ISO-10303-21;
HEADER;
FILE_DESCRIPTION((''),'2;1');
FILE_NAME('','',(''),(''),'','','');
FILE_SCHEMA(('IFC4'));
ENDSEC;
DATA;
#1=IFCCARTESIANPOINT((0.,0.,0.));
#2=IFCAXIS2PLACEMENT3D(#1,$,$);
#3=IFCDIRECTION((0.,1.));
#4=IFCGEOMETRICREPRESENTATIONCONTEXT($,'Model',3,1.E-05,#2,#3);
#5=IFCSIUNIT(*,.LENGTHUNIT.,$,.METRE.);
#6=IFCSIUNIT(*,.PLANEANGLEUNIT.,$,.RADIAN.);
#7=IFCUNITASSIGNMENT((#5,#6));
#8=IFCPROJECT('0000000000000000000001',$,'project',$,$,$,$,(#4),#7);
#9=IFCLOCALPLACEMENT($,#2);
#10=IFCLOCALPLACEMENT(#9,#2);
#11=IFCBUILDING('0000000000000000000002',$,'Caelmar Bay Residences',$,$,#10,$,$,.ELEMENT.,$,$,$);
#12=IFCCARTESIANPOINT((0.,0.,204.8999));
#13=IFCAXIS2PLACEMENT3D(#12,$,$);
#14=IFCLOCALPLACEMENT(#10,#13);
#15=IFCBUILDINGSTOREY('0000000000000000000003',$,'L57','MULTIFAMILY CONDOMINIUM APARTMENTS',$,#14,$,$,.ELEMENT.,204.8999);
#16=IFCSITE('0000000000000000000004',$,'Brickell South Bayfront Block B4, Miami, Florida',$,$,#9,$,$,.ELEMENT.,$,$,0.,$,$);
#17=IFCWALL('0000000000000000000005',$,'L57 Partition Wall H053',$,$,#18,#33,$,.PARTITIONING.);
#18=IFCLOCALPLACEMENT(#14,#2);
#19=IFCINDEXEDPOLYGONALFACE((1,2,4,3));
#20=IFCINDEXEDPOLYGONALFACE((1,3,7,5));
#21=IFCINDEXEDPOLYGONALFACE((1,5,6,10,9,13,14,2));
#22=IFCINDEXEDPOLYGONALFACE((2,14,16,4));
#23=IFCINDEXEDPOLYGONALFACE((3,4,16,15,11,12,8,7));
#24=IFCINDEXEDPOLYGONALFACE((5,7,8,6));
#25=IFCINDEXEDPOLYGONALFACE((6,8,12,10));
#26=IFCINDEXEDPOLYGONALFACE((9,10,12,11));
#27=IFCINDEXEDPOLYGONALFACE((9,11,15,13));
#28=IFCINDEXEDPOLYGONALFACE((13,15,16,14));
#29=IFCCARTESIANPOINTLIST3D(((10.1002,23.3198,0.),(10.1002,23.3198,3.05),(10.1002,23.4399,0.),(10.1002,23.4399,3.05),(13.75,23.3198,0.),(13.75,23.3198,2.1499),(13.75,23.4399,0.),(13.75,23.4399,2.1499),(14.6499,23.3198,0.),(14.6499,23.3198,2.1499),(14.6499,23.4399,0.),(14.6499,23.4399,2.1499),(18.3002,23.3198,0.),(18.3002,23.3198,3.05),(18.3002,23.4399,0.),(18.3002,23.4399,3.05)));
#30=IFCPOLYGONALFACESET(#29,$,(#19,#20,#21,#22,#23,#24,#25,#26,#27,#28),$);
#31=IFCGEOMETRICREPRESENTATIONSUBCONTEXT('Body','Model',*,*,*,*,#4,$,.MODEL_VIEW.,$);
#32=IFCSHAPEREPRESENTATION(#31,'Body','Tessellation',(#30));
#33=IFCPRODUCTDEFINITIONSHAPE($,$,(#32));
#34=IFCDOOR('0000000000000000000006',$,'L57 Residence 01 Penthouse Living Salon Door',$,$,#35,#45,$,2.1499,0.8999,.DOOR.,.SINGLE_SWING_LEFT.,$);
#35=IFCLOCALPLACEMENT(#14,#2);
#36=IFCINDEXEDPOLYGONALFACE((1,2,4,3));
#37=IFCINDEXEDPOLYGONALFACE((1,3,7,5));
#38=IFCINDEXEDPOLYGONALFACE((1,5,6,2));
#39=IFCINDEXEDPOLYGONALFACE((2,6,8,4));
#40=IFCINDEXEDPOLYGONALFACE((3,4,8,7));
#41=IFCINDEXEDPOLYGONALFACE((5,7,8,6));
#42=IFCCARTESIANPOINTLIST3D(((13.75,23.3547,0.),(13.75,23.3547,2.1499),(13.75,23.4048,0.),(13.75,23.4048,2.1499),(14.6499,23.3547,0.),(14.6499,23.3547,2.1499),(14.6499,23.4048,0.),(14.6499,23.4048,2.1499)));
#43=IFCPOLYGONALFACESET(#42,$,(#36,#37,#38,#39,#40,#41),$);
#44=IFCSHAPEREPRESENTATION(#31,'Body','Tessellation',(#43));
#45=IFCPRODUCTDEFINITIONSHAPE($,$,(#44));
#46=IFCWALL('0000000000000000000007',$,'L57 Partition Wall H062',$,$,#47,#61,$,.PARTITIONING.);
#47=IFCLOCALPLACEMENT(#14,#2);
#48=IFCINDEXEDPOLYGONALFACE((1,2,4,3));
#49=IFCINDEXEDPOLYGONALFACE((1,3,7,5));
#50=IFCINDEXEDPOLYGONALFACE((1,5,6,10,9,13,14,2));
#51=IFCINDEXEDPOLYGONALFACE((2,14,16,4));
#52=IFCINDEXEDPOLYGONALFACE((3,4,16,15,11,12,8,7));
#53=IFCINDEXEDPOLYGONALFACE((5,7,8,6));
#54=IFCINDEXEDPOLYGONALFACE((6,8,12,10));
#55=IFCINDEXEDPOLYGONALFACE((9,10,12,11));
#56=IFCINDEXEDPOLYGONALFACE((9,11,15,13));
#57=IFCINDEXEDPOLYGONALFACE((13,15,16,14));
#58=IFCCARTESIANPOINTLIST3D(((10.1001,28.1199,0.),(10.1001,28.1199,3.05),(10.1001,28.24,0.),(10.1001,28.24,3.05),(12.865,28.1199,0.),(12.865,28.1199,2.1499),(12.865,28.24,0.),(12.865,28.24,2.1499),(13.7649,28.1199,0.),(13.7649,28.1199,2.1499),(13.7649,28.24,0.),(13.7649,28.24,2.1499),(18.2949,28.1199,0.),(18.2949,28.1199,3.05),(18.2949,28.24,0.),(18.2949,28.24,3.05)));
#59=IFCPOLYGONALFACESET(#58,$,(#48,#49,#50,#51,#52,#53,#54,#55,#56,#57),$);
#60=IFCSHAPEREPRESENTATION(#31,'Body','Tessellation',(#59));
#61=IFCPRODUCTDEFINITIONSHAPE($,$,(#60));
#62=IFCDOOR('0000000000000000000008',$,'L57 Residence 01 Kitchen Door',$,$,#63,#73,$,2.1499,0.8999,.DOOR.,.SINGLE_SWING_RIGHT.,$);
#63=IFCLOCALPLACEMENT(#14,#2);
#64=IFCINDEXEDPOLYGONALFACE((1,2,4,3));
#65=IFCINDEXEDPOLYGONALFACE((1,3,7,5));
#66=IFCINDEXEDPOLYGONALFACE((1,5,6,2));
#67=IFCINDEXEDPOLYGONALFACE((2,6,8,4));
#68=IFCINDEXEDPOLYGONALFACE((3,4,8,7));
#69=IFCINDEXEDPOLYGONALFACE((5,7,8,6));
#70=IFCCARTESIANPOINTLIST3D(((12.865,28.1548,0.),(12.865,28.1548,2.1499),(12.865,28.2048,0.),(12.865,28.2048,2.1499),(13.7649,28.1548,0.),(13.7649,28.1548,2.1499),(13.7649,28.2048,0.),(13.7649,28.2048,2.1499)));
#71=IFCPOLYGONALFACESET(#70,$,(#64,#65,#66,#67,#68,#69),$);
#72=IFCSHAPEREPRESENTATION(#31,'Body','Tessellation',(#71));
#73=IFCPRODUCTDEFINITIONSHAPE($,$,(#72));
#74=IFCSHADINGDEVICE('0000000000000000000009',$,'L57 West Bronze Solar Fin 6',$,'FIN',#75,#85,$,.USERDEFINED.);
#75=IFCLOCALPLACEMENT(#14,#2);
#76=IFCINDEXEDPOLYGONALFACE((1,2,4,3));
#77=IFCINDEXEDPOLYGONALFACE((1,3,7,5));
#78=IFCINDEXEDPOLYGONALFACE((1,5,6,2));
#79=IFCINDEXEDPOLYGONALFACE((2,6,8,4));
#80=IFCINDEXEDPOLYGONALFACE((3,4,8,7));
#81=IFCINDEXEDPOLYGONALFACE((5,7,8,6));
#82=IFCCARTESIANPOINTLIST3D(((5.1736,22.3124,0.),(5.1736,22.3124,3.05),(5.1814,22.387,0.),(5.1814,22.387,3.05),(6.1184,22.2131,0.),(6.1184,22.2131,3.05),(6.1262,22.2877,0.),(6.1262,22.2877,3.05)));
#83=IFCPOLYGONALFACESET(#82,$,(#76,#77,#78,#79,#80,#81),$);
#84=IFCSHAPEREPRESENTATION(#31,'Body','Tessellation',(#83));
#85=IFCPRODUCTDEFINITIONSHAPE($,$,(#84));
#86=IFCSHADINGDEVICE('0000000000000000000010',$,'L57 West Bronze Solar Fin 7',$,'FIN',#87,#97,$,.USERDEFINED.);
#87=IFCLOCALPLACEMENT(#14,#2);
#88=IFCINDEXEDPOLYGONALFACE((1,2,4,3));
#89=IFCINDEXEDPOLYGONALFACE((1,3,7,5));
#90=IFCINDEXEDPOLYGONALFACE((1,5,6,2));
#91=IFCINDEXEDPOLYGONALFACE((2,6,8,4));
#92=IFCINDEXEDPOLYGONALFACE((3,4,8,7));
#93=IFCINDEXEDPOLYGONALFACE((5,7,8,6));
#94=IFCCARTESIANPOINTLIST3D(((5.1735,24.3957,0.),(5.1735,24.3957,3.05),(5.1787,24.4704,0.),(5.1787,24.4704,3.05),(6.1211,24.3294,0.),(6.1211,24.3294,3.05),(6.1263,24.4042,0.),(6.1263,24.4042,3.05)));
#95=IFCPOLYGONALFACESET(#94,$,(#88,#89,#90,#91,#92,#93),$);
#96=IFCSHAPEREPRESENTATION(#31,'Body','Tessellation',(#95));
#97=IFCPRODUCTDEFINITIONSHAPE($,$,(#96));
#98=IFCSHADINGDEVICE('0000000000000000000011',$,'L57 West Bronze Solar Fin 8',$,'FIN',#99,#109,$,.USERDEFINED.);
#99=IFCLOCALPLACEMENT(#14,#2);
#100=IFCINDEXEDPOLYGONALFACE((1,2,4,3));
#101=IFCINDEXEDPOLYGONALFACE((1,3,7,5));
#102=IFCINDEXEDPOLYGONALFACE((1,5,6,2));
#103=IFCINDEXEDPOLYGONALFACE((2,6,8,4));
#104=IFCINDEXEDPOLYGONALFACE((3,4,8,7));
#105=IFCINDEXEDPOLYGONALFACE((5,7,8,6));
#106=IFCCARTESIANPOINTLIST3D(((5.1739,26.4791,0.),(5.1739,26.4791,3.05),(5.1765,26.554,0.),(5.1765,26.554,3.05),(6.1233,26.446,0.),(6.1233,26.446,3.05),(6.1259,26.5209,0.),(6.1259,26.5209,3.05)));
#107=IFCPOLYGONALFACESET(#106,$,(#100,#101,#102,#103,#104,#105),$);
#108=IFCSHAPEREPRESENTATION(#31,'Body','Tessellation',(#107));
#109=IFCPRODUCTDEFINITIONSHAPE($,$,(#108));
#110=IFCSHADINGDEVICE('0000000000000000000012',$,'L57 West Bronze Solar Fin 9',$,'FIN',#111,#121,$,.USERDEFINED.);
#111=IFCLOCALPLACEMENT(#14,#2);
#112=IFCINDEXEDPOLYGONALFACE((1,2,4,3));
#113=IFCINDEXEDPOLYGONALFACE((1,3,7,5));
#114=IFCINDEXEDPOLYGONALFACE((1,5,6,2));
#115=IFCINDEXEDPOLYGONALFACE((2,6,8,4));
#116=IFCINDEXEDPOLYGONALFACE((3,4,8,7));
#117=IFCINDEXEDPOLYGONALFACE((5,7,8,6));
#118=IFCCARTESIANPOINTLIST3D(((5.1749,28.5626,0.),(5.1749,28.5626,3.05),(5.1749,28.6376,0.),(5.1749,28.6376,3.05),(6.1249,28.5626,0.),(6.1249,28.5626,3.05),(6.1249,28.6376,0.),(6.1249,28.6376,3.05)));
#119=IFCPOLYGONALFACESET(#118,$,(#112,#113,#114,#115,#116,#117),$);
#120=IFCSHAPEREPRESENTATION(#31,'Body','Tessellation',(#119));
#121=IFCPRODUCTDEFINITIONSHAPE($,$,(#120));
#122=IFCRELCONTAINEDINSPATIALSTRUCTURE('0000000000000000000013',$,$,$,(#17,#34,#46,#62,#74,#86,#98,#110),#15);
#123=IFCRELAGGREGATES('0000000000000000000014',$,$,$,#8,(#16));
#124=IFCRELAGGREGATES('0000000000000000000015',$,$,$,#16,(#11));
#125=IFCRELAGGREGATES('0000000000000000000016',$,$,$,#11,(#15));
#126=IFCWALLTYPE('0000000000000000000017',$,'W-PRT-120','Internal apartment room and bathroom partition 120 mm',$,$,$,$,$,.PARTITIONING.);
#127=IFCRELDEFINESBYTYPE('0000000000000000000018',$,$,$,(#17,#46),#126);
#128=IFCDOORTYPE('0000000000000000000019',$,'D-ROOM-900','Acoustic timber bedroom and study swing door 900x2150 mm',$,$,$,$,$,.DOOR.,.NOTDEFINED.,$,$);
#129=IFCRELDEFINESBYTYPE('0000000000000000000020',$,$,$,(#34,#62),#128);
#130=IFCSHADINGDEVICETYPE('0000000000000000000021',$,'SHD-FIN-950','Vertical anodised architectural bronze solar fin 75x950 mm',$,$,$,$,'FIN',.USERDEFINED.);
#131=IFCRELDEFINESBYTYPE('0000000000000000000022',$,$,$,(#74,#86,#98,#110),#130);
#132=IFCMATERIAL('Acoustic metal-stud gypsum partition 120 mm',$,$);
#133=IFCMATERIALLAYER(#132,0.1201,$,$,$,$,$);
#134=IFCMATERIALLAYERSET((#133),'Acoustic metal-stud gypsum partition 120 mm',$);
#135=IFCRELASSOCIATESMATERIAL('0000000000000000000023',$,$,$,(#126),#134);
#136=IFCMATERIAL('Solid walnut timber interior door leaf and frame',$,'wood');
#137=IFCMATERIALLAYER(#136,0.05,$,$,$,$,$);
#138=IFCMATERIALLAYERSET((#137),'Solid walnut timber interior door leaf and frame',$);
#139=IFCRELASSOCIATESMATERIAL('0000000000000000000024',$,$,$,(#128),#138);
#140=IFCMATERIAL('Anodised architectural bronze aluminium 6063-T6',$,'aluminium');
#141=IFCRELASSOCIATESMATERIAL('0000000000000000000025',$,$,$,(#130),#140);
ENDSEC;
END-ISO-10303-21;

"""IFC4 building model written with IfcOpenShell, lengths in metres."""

from ifc_helpers import new_model, si_unit, direction, frame, frame_2d, origin, origin_2d, place, context, subcontext, project, spatial, rectangle, extrude, material, layer, layer_set, material_profile, profile_set, type_object, element, fill, save


model = new_model("IFC4")

# Units and contexts
model_context = context("Model", 3, precision=1e-05, world=origin(), true_north=direction((0.0, 1.0)))
body_context = subcontext(model_context, "Body", "Model", "MODEL_VIEW")
ifc_project = project(units=[si_unit("LENGTHUNIT", "METRE"), si_unit("PLANEANGLEUNIT", "RADIAN")], contexts=[model_context])

# Site, building, storey
site_placement = place(None, origin())
site = spatial("IfcSite", under=ifc_project, at=site_placement, Name="Brickell South Bayfront Block B4, Miami, Florida", CompositionType="ELEMENT", RefElevation=0.0)
building_placement = place(site_placement, origin())
building = spatial("IfcBuilding", under=site, at=building_placement, Name="Caelmar Bay Residences", CompositionType="ELEMENT")
storey_placement = place(building_placement, frame((0.0, 0.0, 204.8999)))
storey = spatial("IfcBuildingStorey", under=building, at=storey_placement, Name="L57", Description="MULTIFAMILY CONDOMINIUM APARTMENTS", CompositionType="ELEMENT", Elevation=204.8999)

# Walls, openings, doors
ifc_material_1 = material(Name="Acoustic metal-stud gypsum partition 120 mm")
ifc_layer_1 = layer(ifc_material_1, 0.1201)
ifc_layer_set_1 = layer_set([ifc_layer_1], Name="Acoustic metal-stud gypsum partition 120 mm")
wall_type_1 = type_object("IfcWallType", Name="W-PRT-120", Description="Internal apartment room and bathroom partition 120 mm", PredefinedType="PARTITIONING", material=ifc_layer_set_1)
ifc_material_2 = material(Name="Solid walnut timber interior door leaf and frame", Category="wood")
wall_1_placement = place(storey_placement, frame((10.1001, 23.3799, 0.0), z_axis=(0.0, 0.0, 1.0), x_axis=(1.0, 0.0, 0.0)))
wall_1 = element("IfcWall", 1, at=wall_1_placement, inside=storey, type_object=wall_type_1, Name="L57 Partition Wall H053", PredefinedType="PARTITIONING", context=body_context, shape_type="SweptSolid", body=[
    extrude(rectangle(XDim=8.2, YDim=0.1201, at=frame_2d((4.1001, 0.0))), origin(), (0.0, 0.0, 1.0), 3.05),
])
opening_1_placement = place(wall_1_placement, frame((3.6499, 0.0, 0.0)))
opening_1 = element("IfcOpeningElement", 2, at=opening_1_placement, cuts=wall_1, PredefinedType="OPENING", context=body_context, shape_type="SweptSolid", body=[
    extrude(rectangle(XDim=0.8999, YDim=2.1499, at=frame_2d((0.45, 1.075))), frame((0.0, 0.0701, 0.0), z_axis=(0.0, -1.0, 0.0), x_axis=(1.0, 0.0, 0.0)), (0.0, 0.0, 1.0), 0.1401),
])
ifc_layer_2 = layer(ifc_material_2, 0.05)
ifc_layer_set_2 = layer_set([ifc_layer_2], Name="Solid walnut timber interior door leaf and frame")
door_type_1 = type_object("IfcDoorType", Name="D-ROOM-900", Description="Acoustic timber bedroom and study swing door 900x2150 mm", OperationType="NOTDEFINED", PredefinedType="DOOR", material=ifc_layer_set_2)
door_1_placement = place(opening_1_placement, origin())
door_1 = element("IfcDoor", 3, at=door_1_placement, inside=storey, type_object=door_type_1, Name="L57 Residence 01 Penthouse Living Salon Door", OperationType="SINGLE_SWING_LEFT", OverallHeight=2.1499, OverallWidth=0.8999, PredefinedType="DOOR", context=body_context, shape_type="SweptSolid", body=[
    extrude(rectangle(XDim=0.8999, YDim=2.1499, at=frame_2d((0.45, 1.075))), frame((0.0, 0.0249, 0.0), z_axis=(0.0, -1.0, 0.0), x_axis=(1.0, 0.0, 0.0)), (0.0, 0.0, 1.0), 0.05),
])
fill(opening_1, door_1)
wall_2_placement = place(storey_placement, frame((10.1001, 28.1799, 0.0), z_axis=(0.0, 0.0, 1.0), x_axis=(1.0, 0.0, 0.0)))
wall_2 = element("IfcWall", 4, at=wall_2_placement, inside=storey, type_object=wall_type_1, Name="L57 Partition Wall H062", PredefinedType="PARTITIONING", context=body_context, shape_type="SweptSolid", body=[
    extrude(rectangle(XDim=8.1948, YDim=0.1201, at=frame_2d((4.0974, 0.0))), origin(), (0.0, 0.0, 1.0), 3.05),
])
opening_2_placement = place(wall_2_placement, frame((2.7649, 0.0, 0.0)))
opening_2 = element("IfcOpeningElement", 5, at=opening_2_placement, cuts=wall_2, PredefinedType="OPENING", context=body_context, shape_type="SweptSolid", body=[
    extrude(rectangle(XDim=0.8999, YDim=2.1499, at=frame_2d((0.45, 1.075))), frame((0.0, 0.0701, 0.0), z_axis=(0.0, -1.0, 0.0), x_axis=(1.0, 0.0, 0.0)), (0.0, 0.0, 1.0), 0.1401),
])
door_2_placement = place(opening_2_placement, origin())
door_2 = element("IfcDoor", 6, at=door_2_placement, inside=storey, type_object=door_type_1, Name="L57 Residence 01 Kitchen Door", OperationType="SINGLE_SWING_RIGHT", OverallHeight=2.1499, OverallWidth=0.8999, PredefinedType="DOOR", context=body_context, shape_type="SweptSolid", body=[
    extrude(rectangle(XDim=0.8999, YDim=2.1499, at=frame_2d((0.45, 1.075))), frame((0.0, 0.0249, 0.0), z_axis=(0.0, -1.0, 0.0), x_axis=(1.0, 0.0, 0.0)), (0.0, 0.0, 1.0), 0.05),
])
fill(opening_2, door_2)

# Shading devices
ifc_material_3 = material(Name="Anodised architectural bronze aluminium 6063-T6", Category="aluminium")
ifc_material_profile_1 = material_profile(ifc_material_3, rectangle(XDim=0.075, YDim=0.95, at=origin_2d()), Name="BRONZE-FIN-75X950")
ifc_profile_set_1 = profile_set([ifc_material_profile_1], Name="Anodised architectural bronze aluminium 6063-T6")
shading_device_type = type_object("IfcShadingDeviceType", Name="SHD-FIN-950", Description="Vertical anodised architectural bronze solar fin 75x950 mm", ElementType="FIN", PredefinedType="USERDEFINED", material=ifc_profile_set_1)
for number, where, z_axis, x_axis, name in (
    (7, (5.6499, 22.3, 0.0), (0.0, 0.0, 1.0), (0.104528, 0.994522, 0.0), "L57 West Bronze Solar Fin 6"),
    (8, (5.6499, 24.3999, 0.0), (0.0, 0.0, 1.0), (0.069756, 0.997564, 0.0), "L57 West Bronze Solar Fin 7"),
    (9, (5.6499, 26.5, 0.0), (0.0, 0.0, 1.0), (0.034899, 0.999391, 0.0), "L57 West Bronze Solar Fin 8"),
    (10, (5.6499, 28.6001, 0.0), (0.0, 0.0, 1.0), (0.0, 1.0, 0.0), "L57 West Bronze Solar Fin 9"),
):
    element("IfcShadingDevice", number, at=place(storey_placement, frame(where, z_axis=z_axis, x_axis=x_axis)), inside=storey, type_object=shading_device_type, Name=name, ObjectType="FIN", PredefinedType="USERDEFINED", context=body_context, shape_type="SweptSolid", body=[
        extrude(rectangle(XDim=0.075, YDim=0.95, at=origin_2d()), origin(), (0.0, 0.0, 1.0), 3.05),
    ])

save(model, "model.ifc")
